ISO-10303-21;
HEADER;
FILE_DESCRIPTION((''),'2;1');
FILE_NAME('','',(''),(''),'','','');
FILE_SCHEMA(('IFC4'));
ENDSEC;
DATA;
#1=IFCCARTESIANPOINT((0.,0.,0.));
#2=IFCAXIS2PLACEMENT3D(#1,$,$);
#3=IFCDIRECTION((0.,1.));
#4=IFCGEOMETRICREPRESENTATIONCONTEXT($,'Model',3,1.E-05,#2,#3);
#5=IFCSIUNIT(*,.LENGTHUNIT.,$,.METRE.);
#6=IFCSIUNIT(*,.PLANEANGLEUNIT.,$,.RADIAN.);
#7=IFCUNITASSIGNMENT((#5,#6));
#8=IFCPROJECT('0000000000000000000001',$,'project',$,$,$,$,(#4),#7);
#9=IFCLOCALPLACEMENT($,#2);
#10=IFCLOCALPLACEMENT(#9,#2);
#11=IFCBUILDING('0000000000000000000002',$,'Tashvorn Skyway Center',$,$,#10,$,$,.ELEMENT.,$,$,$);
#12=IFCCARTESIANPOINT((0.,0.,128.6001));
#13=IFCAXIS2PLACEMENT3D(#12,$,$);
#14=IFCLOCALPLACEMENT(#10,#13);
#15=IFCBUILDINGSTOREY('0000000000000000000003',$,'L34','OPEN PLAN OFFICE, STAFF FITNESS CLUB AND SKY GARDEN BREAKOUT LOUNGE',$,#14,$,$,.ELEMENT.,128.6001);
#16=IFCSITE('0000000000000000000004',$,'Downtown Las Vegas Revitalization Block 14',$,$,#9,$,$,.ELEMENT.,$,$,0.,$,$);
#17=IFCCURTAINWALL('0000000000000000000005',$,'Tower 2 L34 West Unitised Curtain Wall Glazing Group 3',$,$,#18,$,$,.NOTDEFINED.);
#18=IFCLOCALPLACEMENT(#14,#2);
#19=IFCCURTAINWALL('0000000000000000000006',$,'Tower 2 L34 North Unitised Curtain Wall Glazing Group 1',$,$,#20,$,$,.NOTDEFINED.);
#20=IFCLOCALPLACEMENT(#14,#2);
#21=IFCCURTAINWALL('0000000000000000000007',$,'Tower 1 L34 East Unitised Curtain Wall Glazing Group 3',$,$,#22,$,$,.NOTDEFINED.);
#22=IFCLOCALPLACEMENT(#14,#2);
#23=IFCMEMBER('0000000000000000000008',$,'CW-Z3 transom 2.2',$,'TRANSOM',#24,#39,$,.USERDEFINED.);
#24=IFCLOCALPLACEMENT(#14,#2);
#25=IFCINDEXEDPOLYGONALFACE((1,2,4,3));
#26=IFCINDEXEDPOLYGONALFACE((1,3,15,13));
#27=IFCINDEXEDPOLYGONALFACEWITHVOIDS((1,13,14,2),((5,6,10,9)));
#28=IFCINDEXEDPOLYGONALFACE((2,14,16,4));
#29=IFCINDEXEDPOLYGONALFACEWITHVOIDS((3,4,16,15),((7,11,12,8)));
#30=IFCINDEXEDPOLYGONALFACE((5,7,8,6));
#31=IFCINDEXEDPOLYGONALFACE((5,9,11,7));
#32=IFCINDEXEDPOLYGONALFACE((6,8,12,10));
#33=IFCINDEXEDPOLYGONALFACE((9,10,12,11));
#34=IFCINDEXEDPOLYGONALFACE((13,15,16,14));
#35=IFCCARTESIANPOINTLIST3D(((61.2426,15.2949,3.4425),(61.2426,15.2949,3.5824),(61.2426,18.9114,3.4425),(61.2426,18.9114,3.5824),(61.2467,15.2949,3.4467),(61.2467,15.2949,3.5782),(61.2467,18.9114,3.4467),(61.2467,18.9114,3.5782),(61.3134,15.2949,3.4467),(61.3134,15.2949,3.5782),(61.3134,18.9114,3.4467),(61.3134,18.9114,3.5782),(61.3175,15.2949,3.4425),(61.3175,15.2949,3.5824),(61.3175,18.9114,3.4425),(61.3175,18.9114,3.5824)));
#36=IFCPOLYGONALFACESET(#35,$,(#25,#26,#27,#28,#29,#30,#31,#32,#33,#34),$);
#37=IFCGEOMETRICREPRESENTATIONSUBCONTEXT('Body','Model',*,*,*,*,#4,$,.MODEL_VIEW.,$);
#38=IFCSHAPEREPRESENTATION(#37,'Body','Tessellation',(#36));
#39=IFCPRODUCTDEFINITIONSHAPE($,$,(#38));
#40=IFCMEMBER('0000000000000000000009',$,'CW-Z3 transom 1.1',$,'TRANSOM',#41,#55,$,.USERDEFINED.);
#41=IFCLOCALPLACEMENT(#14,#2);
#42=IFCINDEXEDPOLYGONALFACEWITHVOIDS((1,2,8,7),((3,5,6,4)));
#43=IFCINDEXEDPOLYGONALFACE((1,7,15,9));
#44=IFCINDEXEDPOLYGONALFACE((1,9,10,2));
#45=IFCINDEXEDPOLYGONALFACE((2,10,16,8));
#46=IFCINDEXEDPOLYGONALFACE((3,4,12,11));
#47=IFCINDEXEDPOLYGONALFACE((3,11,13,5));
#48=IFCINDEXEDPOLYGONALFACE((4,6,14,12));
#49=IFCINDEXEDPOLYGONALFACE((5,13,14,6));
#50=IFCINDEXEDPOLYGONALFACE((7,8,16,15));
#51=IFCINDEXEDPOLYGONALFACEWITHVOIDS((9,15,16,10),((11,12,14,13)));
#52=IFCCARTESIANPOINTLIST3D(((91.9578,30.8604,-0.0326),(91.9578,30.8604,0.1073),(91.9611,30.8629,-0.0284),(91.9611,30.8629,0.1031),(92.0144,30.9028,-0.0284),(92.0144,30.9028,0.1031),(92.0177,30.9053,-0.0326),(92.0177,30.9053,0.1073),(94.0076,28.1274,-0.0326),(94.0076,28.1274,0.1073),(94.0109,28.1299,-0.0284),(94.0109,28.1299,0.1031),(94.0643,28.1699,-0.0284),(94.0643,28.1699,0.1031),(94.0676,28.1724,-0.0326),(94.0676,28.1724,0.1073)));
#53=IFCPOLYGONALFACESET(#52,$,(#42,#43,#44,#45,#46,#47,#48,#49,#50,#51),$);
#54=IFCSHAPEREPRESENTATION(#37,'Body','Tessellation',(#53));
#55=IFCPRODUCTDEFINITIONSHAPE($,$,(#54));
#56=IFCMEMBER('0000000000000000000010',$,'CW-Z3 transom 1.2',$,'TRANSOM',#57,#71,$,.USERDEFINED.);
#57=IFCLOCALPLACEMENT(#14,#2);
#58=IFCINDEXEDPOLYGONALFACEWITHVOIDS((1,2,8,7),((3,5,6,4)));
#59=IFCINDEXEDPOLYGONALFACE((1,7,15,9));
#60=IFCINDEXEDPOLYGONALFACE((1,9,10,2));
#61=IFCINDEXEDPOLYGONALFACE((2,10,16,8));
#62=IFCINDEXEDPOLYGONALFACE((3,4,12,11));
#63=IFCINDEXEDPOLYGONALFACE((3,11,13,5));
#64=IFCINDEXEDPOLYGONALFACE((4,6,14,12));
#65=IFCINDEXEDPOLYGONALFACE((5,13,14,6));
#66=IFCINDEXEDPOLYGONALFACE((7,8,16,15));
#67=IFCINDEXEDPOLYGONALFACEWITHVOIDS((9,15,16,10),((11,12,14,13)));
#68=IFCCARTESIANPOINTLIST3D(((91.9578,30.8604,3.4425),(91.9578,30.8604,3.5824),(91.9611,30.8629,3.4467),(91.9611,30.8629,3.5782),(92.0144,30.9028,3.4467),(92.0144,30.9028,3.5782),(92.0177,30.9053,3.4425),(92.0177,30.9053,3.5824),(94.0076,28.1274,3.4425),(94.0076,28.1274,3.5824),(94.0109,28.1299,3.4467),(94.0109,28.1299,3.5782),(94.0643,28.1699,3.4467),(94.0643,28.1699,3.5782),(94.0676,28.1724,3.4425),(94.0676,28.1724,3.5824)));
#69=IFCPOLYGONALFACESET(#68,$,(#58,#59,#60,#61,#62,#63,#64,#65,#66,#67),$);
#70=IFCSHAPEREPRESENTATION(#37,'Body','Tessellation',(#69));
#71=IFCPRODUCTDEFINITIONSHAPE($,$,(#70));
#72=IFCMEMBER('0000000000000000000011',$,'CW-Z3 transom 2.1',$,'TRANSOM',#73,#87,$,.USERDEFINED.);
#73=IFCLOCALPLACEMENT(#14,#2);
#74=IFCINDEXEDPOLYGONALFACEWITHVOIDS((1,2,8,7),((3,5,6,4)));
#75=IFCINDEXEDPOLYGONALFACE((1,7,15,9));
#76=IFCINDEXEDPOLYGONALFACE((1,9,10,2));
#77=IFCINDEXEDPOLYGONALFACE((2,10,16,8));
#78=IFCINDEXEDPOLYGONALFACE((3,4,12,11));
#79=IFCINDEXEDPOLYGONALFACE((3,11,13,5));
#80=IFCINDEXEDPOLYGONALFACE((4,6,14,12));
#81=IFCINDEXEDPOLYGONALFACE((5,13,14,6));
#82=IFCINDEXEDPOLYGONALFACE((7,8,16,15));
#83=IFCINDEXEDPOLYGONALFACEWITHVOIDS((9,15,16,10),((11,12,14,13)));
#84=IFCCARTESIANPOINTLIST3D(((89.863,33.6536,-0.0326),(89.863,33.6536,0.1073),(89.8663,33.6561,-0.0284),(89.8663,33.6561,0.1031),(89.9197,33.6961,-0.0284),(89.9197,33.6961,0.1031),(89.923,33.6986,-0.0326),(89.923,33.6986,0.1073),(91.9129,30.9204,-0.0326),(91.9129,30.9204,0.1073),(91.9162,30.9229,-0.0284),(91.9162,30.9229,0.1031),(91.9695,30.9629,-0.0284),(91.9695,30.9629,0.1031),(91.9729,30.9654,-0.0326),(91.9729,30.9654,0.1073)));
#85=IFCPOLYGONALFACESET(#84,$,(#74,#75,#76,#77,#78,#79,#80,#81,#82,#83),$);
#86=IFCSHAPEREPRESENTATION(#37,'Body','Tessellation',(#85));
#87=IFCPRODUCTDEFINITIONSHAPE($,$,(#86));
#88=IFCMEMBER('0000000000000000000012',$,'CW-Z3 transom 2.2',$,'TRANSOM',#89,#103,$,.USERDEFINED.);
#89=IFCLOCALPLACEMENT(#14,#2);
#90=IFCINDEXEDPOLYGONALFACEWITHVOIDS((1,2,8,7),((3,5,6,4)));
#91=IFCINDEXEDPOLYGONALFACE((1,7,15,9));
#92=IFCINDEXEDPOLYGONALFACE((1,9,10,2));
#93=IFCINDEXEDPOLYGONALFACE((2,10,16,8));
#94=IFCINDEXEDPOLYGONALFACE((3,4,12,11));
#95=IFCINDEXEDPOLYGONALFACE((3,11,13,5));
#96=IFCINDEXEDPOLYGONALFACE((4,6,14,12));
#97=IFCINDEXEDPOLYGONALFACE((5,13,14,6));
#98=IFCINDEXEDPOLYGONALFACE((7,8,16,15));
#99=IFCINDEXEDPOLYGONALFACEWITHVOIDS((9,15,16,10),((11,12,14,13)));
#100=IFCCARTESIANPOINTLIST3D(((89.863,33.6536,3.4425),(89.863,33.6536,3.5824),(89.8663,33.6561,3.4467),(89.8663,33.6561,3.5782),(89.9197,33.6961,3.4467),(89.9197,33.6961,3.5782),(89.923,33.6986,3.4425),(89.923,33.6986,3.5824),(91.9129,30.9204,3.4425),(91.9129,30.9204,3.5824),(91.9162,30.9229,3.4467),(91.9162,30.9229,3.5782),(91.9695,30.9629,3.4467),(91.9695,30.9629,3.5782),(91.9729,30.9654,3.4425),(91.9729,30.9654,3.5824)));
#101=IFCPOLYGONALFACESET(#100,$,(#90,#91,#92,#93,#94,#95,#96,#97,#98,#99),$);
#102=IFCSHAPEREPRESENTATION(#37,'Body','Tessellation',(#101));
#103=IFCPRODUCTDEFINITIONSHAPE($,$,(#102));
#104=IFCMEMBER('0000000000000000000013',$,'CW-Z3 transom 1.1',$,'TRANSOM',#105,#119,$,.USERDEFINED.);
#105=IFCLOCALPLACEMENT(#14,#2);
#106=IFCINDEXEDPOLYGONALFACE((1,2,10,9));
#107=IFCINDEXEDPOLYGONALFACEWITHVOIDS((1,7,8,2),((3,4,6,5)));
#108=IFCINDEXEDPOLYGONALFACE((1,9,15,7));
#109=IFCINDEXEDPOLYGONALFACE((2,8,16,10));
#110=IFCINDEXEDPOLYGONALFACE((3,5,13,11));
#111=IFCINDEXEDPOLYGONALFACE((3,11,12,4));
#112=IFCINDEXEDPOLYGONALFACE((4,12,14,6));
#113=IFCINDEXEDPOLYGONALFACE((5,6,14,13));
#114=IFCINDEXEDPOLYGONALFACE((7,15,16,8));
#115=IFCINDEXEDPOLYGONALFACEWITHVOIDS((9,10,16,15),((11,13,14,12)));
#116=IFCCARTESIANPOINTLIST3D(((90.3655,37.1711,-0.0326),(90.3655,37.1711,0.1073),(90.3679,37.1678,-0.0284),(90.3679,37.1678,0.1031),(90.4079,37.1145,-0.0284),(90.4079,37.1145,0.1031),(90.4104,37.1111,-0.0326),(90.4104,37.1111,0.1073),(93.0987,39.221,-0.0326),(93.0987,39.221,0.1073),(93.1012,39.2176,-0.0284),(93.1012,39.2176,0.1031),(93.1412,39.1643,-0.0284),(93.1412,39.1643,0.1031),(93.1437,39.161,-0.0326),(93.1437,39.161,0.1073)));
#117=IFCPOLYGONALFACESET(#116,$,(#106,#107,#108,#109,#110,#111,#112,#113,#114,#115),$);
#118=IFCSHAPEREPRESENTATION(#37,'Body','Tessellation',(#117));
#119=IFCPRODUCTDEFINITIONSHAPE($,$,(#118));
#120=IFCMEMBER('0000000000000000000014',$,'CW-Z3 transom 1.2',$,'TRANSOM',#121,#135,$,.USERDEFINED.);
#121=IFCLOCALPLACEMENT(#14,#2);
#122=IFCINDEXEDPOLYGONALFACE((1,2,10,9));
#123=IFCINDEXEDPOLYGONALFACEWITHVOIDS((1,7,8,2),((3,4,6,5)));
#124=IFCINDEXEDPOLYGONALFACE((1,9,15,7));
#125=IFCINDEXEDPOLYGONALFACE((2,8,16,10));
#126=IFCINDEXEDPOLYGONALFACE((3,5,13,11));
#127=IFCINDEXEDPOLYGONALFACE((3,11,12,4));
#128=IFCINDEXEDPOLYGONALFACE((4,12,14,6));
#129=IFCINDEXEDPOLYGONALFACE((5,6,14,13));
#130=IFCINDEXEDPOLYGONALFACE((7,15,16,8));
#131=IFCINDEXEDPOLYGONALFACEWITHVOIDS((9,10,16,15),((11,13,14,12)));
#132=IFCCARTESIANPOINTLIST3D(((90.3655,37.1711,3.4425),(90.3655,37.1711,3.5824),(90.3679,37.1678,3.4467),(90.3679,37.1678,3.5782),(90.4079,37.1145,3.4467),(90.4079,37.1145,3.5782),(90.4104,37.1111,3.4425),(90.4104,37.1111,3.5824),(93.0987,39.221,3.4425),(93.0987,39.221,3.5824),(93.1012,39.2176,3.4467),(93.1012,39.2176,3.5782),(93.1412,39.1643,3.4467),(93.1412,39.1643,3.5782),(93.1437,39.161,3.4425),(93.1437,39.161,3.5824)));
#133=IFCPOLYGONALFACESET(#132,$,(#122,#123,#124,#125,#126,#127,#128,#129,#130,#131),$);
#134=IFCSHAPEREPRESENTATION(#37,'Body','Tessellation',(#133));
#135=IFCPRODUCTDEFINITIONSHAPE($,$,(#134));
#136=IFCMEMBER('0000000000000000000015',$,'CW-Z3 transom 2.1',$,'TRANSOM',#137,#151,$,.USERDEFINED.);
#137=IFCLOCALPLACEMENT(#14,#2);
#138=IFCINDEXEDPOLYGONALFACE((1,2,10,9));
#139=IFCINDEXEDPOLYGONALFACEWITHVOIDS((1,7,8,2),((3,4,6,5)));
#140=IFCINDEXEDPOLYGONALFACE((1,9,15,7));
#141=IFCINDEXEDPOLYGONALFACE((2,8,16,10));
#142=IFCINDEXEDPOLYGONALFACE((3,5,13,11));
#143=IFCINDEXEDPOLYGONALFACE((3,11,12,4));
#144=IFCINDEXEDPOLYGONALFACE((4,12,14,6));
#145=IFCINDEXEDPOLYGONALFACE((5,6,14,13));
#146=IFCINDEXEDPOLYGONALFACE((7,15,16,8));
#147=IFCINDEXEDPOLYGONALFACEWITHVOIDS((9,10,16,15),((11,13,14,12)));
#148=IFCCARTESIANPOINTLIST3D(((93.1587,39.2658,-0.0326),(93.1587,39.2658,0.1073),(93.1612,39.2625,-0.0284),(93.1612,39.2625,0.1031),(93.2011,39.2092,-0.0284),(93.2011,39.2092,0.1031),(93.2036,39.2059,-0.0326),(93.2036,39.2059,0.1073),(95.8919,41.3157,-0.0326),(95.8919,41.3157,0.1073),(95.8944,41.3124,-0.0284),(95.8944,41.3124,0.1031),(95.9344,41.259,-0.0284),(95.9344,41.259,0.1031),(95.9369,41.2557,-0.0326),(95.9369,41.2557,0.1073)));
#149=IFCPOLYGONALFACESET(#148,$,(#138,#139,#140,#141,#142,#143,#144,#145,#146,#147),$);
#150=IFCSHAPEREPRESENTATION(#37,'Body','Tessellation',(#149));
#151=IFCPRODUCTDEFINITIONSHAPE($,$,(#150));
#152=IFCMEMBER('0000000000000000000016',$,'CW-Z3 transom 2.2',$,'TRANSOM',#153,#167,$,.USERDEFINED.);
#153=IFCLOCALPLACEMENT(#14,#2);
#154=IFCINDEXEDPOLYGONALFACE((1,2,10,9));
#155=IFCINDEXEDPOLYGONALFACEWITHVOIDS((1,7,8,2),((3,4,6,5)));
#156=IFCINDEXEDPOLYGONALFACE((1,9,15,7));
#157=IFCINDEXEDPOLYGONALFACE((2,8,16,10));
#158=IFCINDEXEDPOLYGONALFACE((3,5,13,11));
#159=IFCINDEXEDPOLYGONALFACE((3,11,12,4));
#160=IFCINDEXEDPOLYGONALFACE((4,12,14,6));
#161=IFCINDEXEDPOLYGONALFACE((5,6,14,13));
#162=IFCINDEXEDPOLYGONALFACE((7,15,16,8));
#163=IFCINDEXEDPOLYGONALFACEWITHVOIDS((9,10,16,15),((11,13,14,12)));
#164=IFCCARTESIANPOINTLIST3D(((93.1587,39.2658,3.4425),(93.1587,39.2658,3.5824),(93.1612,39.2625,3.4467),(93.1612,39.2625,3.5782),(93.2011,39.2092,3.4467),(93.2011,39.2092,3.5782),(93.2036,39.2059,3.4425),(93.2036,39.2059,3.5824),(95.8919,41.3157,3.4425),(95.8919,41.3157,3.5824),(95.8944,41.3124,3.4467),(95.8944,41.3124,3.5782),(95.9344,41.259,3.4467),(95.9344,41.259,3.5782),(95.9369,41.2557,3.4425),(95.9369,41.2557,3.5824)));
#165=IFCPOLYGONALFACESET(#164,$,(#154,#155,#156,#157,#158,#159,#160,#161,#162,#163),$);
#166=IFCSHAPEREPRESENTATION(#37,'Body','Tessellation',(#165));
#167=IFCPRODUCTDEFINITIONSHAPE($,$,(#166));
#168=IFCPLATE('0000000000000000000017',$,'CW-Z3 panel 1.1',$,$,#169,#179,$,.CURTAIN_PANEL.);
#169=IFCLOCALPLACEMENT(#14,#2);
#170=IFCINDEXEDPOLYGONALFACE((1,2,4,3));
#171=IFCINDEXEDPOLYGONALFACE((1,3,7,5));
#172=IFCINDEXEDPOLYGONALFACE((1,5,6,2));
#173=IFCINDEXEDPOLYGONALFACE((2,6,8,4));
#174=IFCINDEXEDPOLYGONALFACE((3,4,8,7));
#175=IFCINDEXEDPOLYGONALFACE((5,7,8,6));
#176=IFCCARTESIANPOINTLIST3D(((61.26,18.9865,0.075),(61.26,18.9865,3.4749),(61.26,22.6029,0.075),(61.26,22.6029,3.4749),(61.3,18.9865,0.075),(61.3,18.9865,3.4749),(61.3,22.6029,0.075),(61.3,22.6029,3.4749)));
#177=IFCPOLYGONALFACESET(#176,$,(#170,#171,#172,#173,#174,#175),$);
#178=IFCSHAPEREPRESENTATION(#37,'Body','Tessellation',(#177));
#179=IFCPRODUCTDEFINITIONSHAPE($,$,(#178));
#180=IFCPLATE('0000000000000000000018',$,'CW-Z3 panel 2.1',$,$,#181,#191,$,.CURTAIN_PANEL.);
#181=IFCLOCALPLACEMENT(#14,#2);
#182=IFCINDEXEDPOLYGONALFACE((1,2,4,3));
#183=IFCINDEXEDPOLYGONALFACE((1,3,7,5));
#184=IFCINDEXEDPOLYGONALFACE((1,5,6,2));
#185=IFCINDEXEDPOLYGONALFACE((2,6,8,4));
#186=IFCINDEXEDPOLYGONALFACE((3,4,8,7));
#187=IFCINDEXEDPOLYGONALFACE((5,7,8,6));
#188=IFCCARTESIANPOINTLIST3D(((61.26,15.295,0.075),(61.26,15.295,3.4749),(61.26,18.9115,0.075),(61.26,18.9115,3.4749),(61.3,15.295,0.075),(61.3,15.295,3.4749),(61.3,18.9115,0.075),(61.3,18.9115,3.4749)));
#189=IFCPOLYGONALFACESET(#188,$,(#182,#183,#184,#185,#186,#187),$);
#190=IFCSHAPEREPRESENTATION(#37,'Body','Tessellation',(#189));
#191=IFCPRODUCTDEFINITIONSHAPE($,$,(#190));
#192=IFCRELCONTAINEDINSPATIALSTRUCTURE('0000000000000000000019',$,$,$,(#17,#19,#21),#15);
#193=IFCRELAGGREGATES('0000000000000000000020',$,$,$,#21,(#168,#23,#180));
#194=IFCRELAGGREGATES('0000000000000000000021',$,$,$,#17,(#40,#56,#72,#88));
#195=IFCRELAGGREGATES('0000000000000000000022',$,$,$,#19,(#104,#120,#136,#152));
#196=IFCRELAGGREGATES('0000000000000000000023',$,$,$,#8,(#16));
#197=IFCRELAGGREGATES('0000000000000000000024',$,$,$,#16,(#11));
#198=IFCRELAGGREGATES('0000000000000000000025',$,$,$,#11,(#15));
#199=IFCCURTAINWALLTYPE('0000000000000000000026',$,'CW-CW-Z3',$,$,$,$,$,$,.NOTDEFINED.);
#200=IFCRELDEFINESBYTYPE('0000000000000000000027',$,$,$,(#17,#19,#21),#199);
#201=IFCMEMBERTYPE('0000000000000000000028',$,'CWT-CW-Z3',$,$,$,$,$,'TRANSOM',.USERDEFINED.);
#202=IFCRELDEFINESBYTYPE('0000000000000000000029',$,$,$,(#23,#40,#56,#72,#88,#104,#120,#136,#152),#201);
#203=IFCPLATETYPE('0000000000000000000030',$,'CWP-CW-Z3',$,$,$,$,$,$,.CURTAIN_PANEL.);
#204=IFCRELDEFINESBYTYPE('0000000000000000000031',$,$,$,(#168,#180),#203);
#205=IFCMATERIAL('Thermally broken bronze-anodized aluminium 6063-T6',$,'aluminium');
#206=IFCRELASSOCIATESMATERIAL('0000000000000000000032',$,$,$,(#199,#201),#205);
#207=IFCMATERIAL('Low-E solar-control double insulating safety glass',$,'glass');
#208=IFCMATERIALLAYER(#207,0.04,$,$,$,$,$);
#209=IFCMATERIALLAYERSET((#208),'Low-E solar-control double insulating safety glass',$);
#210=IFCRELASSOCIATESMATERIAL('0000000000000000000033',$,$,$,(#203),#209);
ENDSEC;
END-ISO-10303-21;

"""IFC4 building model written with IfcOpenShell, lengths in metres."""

from ifc_helpers import new_model, si_unit, direction, frame, origin, origin_2d, place, context, subcontext, project, spatial, rectangle, hollow_rectangle, extrude, material, layer, layer_set, material_profile, profile_set, type_object, element, aggregate, save


model = new_model("IFC4")

# Units and contexts
model_context = context("Model", 3, precision=1e-05, world=origin(), true_north=direction((0.0, 1.0)))
body_context = subcontext(model_context, "Body", "Model", "MODEL_VIEW")
ifc_project = project(units=[si_unit("LENGTHUNIT", "METRE"), si_unit("PLANEANGLEUNIT", "RADIAN")], contexts=[model_context])

# Site, building, storey
site_placement = place(None, origin())
site = spatial("IfcSite", under=ifc_project, at=site_placement, Name="Downtown Las Vegas Revitalization Block 14", CompositionType="ELEMENT", RefElevation=0.0)
building_placement = place(site_placement, origin())
building = spatial("IfcBuilding", under=site, at=building_placement, Name="Tashvorn Skyway Center", CompositionType="ELEMENT")
storey_placement = place(building_placement, frame((0.0, 0.0, 128.6001)))
storey = spatial("IfcBuildingStorey", under=building, at=storey_placement, Name="L34", Description="OPEN PLAN OFFICE, STAFF FITNESS CLUB AND SKY GARDEN BREAKOUT LOUNGE", CompositionType="ELEMENT", Elevation=128.6001)

# Curtain walls, member
ifc_material_1 = material(Name="Thermally broken bronze-anodized aluminium 6063-T6", Category="aluminium")
curtain_wall_type = type_object("IfcCurtainWallType", Name="CW-CW-Z3", PredefinedType="NOTDEFINED", material=ifc_material_1)
curtain_wall_1_placement = place(storey_placement, origin())
curtain_wall_1 = element("IfcCurtainWall", 1, at=curtain_wall_1_placement, inside=storey, type_object=curtain_wall_type, Name="Tower 2 L34 West Unitised Curtain Wall Glazing Group 3", PredefinedType="NOTDEFINED")
curtain_wall_2_placement = place(storey_placement, origin())
curtain_wall_2 = element("IfcCurtainWall", 2, at=curtain_wall_2_placement, inside=storey, type_object=curtain_wall_type, Name="Tower 2 L34 North Unitised Curtain Wall Glazing Group 1", PredefinedType="NOTDEFINED")
curtain_wall_3_placement = place(storey_placement, origin())
curtain_wall_3 = element("IfcCurtainWall", 3, at=curtain_wall_3_placement, inside=storey, type_object=curtain_wall_type, Name="Tower 1 L34 East Unitised Curtain Wall Glazing Group 3", PredefinedType="NOTDEFINED")
ifc_material_profile_1 = material_profile(ifc_material_1, hollow_rectangle(XDim=0.075, YDim=0.1399, WallThickness=0.0042, at=origin_2d()), Name="ALU-TRAN-75x140")
ifc_profile_set_1 = profile_set([ifc_material_profile_1], Name="Thermally broken bronze-anodized aluminium 6063-T6")
member_type_1 = type_object("IfcMemberType", Name="CWT-CW-Z3", ElementType="TRANSOM", PredefinedType="USERDEFINED", material=ifc_profile_set_1)
member_1_placement = place(storey_placement, frame((61.28, 18.9114, 3.5125), z_axis=(0.0, -1.0, 0.0), x_axis=(1.0, 0.0, 0.0)))
member_1 = element("IfcMember", 4, at=member_1_placement, type_object=member_type_1, Name="CW-Z3 transom 2.2", ObjectType="TRANSOM", PredefinedType="USERDEFINED", context=body_context, shape_type="SweptSolid", body=[
    extrude(hollow_rectangle(XDim=0.075, YDim=0.1399, WallThickness=0.0042, at=origin_2d()), origin(), (0.0, 0.0, 1.0), 3.6165),
])

# Members
member_2_placement = place(storey_placement, frame((94.0376, 28.1499, 0.0374), z_axis=(-0.600023, 0.799983, 0.0), x_axis=(-0.799983, -0.600023, 0.0)))
member_2 = element("IfcMember", 5, at=member_2_placement, type_object=member_type_1, Name="CW-Z3 transom 1.1", ObjectType="TRANSOM", PredefinedType="USERDEFINED", context=body_context, shape_type="SweptSolid", body=[
    extrude(hollow_rectangle(XDim=0.075, YDim=0.1399, WallThickness=0.0042, at=origin_2d()), origin(), (0.0, 0.0, 1.0), 3.4163),
])
member_3_placement = place(storey_placement, frame((94.0376, 28.1499, 3.5125), z_axis=(-0.600023, 0.799983, 0.0), x_axis=(-0.799983, -0.600023, 0.0)))
member_3 = element("IfcMember", 6, at=member_3_placement, type_object=member_type_1, Name="CW-Z3 transom 1.2", ObjectType="TRANSOM", PredefinedType="USERDEFINED", context=body_context, shape_type="SweptSolid", body=[
    extrude(hollow_rectangle(XDim=0.075, YDim=0.1399, WallThickness=0.0042, at=origin_2d()), origin(), (0.0, 0.0, 1.0), 3.4163),
])
member_4_placement = place(storey_placement, frame((91.9429, 30.9429, 0.0374), z_axis=(-0.599989, 0.800009, 0.0), x_axis=(-0.800009, -0.599989, 0.0)))
member_4 = element("IfcMember", 7, at=member_4_placement, type_object=member_type_1, Name="CW-Z3 transom 2.1", ObjectType="TRANSOM", PredefinedType="USERDEFINED", context=body_context, shape_type="SweptSolid", body=[
    extrude(hollow_rectangle(XDim=0.075, YDim=0.1399, WallThickness=0.0042, at=origin_2d()), origin(), (0.0, 0.0, 1.0), 3.4165),
])
member_5_placement = place(storey_placement, frame((91.9429, 30.9429, 3.5125), z_axis=(-0.599989, 0.800009, 0.0), x_axis=(-0.800009, -0.599989, 0.0)))
member_5 = element("IfcMember", 8, at=member_5_placement, type_object=member_type_1, Name="CW-Z3 transom 2.2", ObjectType="TRANSOM", PredefinedType="USERDEFINED", context=body_context, shape_type="SweptSolid", body=[
    extrude(hollow_rectangle(XDim=0.075, YDim=0.1399, WallThickness=0.0042, at=origin_2d()), origin(), (0.0, 0.0, 1.0), 3.4165),
])
member_6_placement = place(storey_placement, frame((90.3879, 37.1411, 0.0374), z_axis=(0.800009, 0.599989, 0.0), x_axis=(-0.599989, 0.800009, 0.0)))
member_6 = element("IfcMember", 9, at=member_6_placement, type_object=member_type_1, Name="CW-Z3 transom 1.1", ObjectType="TRANSOM", PredefinedType="USERDEFINED", context=body_context, shape_type="SweptSolid", body=[
    extrude(hollow_rectangle(XDim=0.075, YDim=0.1399, WallThickness=0.0042, at=origin_2d()), origin(), (0.0, 0.0, 1.0), 3.4165),
])
member_7_placement = place(storey_placement, frame((90.3879, 37.1411, 3.5125), z_axis=(0.800009, 0.599989, 0.0), x_axis=(-0.599989, 0.800009, 0.0)))
member_7 = element("IfcMember", 10, at=member_7_placement, type_object=member_type_1, Name="CW-Z3 transom 1.2", ObjectType="TRANSOM", PredefinedType="USERDEFINED", context=body_context, shape_type="SweptSolid", body=[
    extrude(hollow_rectangle(XDim=0.075, YDim=0.1399, WallThickness=0.0042, at=origin_2d()), origin(), (0.0, 0.0, 1.0), 3.4165),
])
member_8_placement = place(storey_placement, frame((93.1812, 39.2358, 0.0374), z_axis=(0.800009, 0.599989, 0.0), x_axis=(-0.599989, 0.800009, 0.0)))
member_8 = element("IfcMember", 11, at=member_8_placement, type_object=member_type_1, Name="CW-Z3 transom 2.1", ObjectType="TRANSOM", PredefinedType="USERDEFINED", context=body_context, shape_type="SweptSolid", body=[
    extrude(hollow_rectangle(XDim=0.075, YDim=0.1399, WallThickness=0.0042, at=origin_2d()), origin(), (0.0, 0.0, 1.0), 3.4165),
])
member_9_placement = place(storey_placement, frame((93.1812, 39.2358, 3.5125), z_axis=(0.800009, 0.599989, 0.0), x_axis=(-0.599989, 0.800009, 0.0)))
member_9 = element("IfcMember", 12, at=member_9_placement, type_object=member_type_1, Name="CW-Z3 transom 2.2", ObjectType="TRANSOM", PredefinedType="USERDEFINED", context=body_context, shape_type="SweptSolid", body=[
    extrude(hollow_rectangle(XDim=0.075, YDim=0.1399, WallThickness=0.0042, at=origin_2d()), origin(), (0.0, 0.0, 1.0), 3.4165),
])

# Plates
ifc_material_2 = material(Name="Low-E solar-control double insulating safety glass", Category="glass")
ifc_layer_1 = layer(ifc_material_2, 0.04)
ifc_layer_set_1 = layer_set([ifc_layer_1], Name="Low-E solar-control double insulating safety glass")
plate_type = type_object("IfcPlateType", Name="CWP-CW-Z3", PredefinedType="CURTAIN_PANEL", material=ifc_layer_set_1)
plate_1_placement = place(storey_placement, frame((61.28, 20.7947, 0.075), z_axis=(0.0, 0.0, 1.0), x_axis=(0.0, -1.0, 0.0)))
plate_1 = element("IfcPlate", 13, at=plate_1_placement, type_object=plate_type, Name="CW-Z3 panel 1.1", PredefinedType="CURTAIN_PANEL", context=body_context, shape_type="SweptSolid", body=[
    extrude(rectangle(XDim=3.6165, YDim=0.04, at=origin_2d()), origin(), (0.0, 0.0, 1.0), 3.3999),
])
plate_2_placement = place(storey_placement, frame((61.28, 17.1033, 0.075), z_axis=(0.0, 0.0, 1.0), x_axis=(0.0, -1.0, 0.0)))
plate_2 = element("IfcPlate", 14, at=plate_2_placement, type_object=plate_type, Name="CW-Z3 panel 2.1", PredefinedType="CURTAIN_PANEL", context=body_context, shape_type="SweptSolid", body=[
    extrude(rectangle(XDim=3.6165, YDim=0.04, at=origin_2d()), origin(), (0.0, 0.0, 1.0), 3.3999),
])
aggregate(curtain_wall_3, [plate_1, member_1, plate_2])
aggregate(curtain_wall_1, [member_2, member_3, member_4, member_5])
aggregate(curtain_wall_2, [member_6, member_7, member_8, member_9])

save(model, "model.ifc")
